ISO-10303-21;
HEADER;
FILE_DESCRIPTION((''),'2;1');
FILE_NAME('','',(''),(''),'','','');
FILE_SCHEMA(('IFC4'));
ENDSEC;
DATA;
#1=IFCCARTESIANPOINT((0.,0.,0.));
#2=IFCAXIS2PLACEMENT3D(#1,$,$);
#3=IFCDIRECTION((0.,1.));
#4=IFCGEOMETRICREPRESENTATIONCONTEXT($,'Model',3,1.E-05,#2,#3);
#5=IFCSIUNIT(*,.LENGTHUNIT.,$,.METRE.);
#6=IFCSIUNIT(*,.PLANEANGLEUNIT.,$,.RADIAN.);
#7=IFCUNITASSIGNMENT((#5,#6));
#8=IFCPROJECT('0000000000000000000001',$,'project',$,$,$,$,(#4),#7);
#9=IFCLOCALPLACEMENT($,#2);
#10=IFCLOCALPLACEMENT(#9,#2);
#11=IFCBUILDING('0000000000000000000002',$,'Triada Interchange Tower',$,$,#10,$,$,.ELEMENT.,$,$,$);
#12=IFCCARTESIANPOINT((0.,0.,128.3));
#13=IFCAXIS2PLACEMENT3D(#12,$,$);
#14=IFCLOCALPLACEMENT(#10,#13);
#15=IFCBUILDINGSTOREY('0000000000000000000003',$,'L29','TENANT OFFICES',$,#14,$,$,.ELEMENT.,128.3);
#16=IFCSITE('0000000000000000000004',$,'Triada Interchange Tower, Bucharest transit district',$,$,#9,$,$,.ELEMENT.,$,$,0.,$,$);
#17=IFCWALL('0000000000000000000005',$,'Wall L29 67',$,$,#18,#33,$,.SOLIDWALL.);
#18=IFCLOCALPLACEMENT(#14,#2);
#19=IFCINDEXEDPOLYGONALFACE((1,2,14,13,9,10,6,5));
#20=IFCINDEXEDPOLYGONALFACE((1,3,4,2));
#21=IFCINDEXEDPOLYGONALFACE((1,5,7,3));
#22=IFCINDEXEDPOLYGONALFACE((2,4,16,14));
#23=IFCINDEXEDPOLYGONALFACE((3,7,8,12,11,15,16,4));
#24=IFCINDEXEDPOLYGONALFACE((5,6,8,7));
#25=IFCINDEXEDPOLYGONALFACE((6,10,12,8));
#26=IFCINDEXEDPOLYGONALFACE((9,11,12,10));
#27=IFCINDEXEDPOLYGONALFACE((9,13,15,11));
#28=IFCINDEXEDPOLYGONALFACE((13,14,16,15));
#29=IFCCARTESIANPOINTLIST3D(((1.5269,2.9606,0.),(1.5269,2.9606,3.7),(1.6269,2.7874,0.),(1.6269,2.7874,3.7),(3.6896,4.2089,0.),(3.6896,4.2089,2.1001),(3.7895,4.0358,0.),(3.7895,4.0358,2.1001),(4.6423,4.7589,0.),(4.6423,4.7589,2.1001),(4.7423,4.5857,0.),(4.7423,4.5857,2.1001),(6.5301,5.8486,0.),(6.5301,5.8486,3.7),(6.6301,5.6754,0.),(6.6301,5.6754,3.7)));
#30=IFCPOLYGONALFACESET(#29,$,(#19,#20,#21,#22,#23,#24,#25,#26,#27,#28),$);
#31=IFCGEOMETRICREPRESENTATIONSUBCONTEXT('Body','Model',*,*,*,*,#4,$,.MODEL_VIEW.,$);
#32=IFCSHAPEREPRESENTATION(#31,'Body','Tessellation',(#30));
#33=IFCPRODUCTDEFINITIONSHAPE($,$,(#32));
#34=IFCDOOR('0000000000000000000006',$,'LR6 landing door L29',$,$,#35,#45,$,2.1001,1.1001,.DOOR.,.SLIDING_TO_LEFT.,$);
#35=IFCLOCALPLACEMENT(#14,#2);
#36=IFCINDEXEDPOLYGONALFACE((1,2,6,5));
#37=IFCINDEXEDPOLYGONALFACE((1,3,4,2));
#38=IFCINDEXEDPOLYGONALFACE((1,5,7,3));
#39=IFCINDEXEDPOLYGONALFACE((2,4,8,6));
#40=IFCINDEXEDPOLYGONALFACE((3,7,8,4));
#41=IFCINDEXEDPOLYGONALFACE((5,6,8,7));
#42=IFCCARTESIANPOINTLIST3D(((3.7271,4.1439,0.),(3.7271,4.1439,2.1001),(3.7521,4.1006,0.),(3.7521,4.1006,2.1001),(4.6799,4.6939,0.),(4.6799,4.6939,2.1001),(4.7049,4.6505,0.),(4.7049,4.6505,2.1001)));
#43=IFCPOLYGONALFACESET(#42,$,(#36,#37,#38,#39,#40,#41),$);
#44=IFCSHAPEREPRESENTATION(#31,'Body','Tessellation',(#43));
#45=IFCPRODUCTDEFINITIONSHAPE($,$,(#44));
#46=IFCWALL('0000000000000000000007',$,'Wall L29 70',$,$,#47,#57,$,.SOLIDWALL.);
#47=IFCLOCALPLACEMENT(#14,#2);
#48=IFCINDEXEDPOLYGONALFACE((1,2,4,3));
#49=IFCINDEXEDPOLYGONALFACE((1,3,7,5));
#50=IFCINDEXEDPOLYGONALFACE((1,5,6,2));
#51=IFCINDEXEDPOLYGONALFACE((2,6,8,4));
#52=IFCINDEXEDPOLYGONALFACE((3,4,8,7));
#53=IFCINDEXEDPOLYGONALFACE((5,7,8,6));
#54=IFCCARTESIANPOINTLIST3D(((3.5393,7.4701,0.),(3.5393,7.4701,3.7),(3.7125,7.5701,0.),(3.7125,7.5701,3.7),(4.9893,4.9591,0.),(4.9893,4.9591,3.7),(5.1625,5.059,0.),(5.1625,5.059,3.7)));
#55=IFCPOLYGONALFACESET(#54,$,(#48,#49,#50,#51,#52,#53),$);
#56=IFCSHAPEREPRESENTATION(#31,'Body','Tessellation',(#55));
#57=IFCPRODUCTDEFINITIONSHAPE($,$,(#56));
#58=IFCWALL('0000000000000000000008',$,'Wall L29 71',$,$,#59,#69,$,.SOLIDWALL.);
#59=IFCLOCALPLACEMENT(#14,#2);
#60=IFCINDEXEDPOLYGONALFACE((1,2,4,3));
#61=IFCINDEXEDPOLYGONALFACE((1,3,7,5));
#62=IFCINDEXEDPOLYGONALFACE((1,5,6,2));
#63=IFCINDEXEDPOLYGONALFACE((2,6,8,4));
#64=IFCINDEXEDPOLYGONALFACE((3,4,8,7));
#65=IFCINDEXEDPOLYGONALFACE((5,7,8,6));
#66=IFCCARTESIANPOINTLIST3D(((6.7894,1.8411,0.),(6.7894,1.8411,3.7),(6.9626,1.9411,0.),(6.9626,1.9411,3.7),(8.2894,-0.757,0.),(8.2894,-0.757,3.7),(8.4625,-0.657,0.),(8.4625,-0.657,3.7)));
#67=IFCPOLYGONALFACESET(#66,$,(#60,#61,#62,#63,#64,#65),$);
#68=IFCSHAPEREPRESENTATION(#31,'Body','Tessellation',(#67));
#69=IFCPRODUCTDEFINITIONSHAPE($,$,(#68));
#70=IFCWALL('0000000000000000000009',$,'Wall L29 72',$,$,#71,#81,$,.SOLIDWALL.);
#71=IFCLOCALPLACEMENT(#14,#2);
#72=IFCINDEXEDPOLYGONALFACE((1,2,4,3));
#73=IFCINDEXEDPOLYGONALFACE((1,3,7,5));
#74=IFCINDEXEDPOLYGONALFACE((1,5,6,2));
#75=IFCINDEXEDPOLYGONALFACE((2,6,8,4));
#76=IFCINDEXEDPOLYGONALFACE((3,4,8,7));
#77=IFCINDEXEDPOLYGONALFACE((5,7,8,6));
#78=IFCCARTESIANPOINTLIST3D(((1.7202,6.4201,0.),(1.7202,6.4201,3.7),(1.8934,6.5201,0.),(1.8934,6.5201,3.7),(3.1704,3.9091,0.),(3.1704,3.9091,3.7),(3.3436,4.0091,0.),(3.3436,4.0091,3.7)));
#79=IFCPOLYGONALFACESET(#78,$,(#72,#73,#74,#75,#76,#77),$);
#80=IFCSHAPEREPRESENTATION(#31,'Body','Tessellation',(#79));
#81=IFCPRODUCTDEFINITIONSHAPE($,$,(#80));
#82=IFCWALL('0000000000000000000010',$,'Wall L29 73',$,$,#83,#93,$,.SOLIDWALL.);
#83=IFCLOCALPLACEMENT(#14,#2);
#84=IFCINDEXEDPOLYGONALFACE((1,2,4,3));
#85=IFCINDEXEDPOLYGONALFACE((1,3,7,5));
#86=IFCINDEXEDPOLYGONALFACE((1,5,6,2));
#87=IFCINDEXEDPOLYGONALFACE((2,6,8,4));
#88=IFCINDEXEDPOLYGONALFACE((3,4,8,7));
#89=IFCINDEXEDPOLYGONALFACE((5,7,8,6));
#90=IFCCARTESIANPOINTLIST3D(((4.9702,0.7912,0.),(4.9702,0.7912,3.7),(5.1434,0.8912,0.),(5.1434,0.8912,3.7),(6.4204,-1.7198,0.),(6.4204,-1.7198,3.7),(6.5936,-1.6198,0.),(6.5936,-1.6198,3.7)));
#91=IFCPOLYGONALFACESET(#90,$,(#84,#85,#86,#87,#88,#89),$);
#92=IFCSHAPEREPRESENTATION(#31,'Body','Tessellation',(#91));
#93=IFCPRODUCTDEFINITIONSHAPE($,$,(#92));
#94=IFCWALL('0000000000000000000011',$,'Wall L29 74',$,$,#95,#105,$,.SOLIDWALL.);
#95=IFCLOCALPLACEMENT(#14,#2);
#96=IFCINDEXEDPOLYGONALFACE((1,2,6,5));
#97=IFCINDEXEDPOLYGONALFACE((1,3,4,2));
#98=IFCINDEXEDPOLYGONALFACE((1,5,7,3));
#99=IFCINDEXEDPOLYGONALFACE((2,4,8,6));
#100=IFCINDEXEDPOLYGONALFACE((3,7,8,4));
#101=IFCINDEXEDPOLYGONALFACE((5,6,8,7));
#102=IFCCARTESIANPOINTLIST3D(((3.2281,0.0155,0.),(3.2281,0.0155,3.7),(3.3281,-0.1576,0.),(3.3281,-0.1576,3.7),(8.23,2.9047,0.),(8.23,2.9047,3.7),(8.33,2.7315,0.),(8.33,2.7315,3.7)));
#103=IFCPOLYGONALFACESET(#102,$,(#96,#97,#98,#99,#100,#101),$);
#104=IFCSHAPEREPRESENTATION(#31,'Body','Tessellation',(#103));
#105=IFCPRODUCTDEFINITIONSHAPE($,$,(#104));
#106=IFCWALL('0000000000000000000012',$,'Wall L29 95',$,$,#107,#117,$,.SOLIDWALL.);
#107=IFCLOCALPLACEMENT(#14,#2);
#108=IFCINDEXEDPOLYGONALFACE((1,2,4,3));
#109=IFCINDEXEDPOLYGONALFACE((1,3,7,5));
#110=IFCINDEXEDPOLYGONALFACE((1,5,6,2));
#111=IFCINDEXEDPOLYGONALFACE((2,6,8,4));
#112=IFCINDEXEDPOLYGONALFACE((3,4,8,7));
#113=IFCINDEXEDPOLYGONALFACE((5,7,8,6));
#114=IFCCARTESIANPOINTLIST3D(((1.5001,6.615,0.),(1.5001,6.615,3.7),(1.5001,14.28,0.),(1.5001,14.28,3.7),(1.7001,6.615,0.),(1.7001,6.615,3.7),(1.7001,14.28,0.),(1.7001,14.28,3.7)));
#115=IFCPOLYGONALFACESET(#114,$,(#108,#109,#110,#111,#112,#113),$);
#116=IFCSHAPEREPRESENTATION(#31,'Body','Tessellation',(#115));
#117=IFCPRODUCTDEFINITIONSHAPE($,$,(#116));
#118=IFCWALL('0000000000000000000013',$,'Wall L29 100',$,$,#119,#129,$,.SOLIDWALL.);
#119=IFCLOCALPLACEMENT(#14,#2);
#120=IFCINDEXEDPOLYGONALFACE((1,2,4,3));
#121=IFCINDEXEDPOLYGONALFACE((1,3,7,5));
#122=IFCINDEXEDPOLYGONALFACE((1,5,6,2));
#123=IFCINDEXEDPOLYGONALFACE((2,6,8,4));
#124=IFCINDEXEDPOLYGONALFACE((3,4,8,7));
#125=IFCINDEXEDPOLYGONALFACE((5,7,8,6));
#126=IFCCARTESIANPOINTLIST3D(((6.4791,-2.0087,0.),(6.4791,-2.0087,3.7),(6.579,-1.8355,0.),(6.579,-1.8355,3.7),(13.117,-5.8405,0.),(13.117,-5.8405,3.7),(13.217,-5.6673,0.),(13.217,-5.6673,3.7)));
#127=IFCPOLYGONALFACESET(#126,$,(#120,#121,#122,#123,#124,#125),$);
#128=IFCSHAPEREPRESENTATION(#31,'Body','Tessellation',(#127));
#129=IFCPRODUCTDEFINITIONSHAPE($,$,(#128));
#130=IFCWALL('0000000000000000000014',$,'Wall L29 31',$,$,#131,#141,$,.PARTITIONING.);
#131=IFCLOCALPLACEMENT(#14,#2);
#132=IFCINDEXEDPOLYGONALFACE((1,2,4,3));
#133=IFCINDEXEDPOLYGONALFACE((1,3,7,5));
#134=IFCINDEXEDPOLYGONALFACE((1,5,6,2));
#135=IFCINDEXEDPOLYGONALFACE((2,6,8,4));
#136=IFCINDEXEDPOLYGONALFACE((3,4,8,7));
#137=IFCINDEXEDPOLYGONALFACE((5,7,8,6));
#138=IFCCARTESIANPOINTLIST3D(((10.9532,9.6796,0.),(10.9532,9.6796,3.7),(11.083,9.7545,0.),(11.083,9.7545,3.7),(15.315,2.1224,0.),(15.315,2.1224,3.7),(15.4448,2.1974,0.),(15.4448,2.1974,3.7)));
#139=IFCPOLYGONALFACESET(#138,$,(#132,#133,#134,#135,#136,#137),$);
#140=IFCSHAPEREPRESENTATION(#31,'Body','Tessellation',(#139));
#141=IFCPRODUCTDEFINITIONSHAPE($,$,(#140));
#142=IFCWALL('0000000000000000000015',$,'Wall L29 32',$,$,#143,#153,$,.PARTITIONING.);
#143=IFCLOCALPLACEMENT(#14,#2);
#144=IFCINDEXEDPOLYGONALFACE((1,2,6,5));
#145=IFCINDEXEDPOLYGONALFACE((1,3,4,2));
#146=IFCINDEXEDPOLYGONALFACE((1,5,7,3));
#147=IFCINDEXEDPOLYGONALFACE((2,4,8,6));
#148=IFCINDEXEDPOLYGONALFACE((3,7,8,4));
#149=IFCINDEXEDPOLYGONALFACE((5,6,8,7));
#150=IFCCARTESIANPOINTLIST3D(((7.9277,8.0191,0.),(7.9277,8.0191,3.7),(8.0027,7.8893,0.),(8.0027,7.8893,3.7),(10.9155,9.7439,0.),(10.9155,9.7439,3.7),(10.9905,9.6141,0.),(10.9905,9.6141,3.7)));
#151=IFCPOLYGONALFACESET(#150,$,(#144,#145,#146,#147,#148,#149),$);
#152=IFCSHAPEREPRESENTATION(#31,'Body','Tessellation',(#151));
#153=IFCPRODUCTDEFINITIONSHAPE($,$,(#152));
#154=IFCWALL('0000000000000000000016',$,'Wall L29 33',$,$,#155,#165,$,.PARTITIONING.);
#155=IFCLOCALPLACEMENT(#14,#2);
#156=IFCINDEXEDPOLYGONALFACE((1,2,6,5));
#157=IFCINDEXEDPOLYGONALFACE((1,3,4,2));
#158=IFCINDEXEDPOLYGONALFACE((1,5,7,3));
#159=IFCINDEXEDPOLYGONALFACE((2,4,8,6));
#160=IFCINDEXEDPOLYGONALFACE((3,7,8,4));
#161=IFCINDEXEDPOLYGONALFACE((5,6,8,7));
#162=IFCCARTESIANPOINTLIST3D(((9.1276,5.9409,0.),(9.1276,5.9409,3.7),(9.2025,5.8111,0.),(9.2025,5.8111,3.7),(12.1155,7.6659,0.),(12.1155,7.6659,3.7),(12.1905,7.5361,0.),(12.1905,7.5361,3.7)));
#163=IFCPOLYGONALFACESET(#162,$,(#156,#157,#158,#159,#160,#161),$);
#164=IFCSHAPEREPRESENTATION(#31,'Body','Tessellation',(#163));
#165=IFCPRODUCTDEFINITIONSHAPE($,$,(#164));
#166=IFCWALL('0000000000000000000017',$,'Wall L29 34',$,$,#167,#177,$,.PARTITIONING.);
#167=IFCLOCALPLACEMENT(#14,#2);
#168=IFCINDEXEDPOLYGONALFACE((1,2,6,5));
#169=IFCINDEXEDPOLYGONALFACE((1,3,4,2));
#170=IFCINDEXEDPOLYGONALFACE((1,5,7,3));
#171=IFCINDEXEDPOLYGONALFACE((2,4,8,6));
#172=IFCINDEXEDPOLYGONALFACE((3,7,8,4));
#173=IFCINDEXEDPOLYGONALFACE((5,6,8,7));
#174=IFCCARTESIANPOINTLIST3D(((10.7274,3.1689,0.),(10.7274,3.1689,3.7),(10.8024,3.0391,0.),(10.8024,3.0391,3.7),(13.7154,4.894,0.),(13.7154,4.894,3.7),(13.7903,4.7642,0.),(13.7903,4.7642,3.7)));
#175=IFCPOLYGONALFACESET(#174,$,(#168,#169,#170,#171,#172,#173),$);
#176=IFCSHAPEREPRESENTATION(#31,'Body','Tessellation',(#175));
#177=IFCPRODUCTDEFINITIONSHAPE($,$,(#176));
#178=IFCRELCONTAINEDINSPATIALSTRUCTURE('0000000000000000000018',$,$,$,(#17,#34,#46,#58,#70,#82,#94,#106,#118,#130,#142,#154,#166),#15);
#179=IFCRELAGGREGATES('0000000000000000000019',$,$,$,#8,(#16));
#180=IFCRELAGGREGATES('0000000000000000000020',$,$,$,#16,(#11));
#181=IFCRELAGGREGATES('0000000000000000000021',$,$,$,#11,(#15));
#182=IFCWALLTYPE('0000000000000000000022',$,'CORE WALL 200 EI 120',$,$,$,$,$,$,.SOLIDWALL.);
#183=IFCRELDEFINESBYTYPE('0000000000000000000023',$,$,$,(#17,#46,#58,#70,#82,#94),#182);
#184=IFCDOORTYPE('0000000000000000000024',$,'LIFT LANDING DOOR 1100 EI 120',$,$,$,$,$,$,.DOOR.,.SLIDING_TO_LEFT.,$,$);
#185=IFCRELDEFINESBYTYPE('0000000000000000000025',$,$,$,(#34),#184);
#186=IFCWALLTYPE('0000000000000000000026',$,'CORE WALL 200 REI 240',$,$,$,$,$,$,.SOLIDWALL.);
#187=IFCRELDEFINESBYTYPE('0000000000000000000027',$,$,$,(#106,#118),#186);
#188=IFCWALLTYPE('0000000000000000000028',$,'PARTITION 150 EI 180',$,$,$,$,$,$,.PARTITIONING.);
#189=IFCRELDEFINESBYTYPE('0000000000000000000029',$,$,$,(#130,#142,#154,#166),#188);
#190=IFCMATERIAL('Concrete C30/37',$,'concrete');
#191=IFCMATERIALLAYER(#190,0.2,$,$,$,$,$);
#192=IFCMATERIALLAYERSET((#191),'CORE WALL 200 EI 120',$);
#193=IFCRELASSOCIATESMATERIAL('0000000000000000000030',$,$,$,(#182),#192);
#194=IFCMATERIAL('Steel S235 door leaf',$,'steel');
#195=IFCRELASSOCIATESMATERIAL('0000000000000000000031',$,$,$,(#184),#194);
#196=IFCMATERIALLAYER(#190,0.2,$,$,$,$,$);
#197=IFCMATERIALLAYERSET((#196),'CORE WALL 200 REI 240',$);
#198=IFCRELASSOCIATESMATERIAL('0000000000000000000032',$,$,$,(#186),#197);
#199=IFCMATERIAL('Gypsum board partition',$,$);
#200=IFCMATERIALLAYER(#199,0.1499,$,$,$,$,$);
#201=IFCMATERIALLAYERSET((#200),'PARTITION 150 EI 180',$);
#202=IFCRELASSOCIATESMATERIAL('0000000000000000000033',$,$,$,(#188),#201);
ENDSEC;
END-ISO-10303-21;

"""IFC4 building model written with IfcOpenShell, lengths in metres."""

from ifc_helpers import new_model, si_unit, direction, frame, frame_2d, origin, place, context, subcontext, project, spatial, rectangle, extrude, material, layer, layer_set, type_object, element, fill, save


model = new_model("IFC4")

# Units and contexts
model_context = context("Model", 3, precision=1e-05, world=origin(), true_north=direction((0.0, 1.0)))
body_context = subcontext(model_context, "Body", "Model", "MODEL_VIEW")
ifc_project = project(units=[si_unit("LENGTHUNIT", "METRE"), si_unit("PLANEANGLEUNIT", "RADIAN")], contexts=[model_context])

# Site, building, storey
site_placement = place(None, origin())
site = spatial("IfcSite", under=ifc_project, at=site_placement, Name="Triada Interchange Tower, Bucharest transit district", CompositionType="ELEMENT", RefElevation=0.0)
building_placement = place(site_placement, origin())
building = spatial("IfcBuilding", under=site, at=building_placement, Name="Triada Interchange Tower", CompositionType="ELEMENT")
storey_placement = place(building_placement, frame((0.0, 0.0, 128.3)))
storey = spatial("IfcBuildingStorey", under=building, at=storey_placement, Name="L29", Description="TENANT OFFICES", CompositionType="ELEMENT", Elevation=128.3)

# Shared definitions
ifc_material_1 = material(Name="Concrete C30/37", Category="concrete")
ifc_layer_1 = layer(ifc_material_1, 0.2)
ifc_layer_set_1 = layer_set([ifc_layer_1], Name="CORE WALL 200 EI 120")
wall_type_1 = type_object("IfcWallType", Name="CORE WALL 200 EI 120", PredefinedType="SOLIDWALL", material=ifc_layer_set_1)
ifc_material_2 = material(Name="Steel S235 door leaf", Category="steel")
door_type = type_object("IfcDoorType", Name="LIFT LANDING DOOR 1100 EI 120", OperationType="SLIDING_TO_LEFT", PredefinedType="DOOR", material=ifc_material_2)

# Wall, opening, door
wall_1_placement = place(storey_placement, frame((1.5769, 2.874, 0.0), z_axis=(0.0, 0.0, 1.0), x_axis=(0.866074, 0.499916, 0.0)))
wall_1 = element("IfcWall", 1, at=wall_1_placement, inside=storey, type_object=wall_type_1, Name="Wall L29 67", PredefinedType="SOLIDWALL", context=body_context, shape_type="SweptSolid", body=[
    extrude(rectangle(XDim=5.7769, YDim=0.2, at=frame_2d((2.8884, 0.0))), origin(), (0.0, 0.0, 1.0), 3.7),
])
opening_1_placement = place(wall_1_placement, frame((2.4971, 0.0, 0.0)))
opening_1 = element("IfcOpeningElement", 2, at=opening_1_placement, cuts=wall_1, PredefinedType="OPENING", context=body_context, shape_type="SweptSolid", body=[
    extrude(rectangle(XDim=1.1001, YDim=2.1001, at=frame_2d((0.55, 1.05))), frame((0.0, 0.1099, 0.0), z_axis=(0.0, -1.0, 0.0), x_axis=(1.0, 0.0, 0.0)), (0.0, 0.0, 1.0), 0.22),
])
door_1_placement = place(opening_1_placement, origin())
door_1 = element("IfcDoor", 3, at=door_1_placement, inside=storey, type_object=door_type, Name="LR6 landing door L29", OperationType="SLIDING_TO_LEFT", OverallHeight=2.1001, OverallWidth=1.1001, PredefinedType="DOOR", context=body_context, shape_type="SweptSolid", body=[
    extrude(rectangle(XDim=1.1001, YDim=2.1001, at=frame_2d((0.55, 1.05))), frame((0.0, 0.0249, 0.0), z_axis=(0.0, -1.0, 0.0), x_axis=(1.0, 0.0, 0.0)), (0.0, 0.0, 1.0), 0.05),
])
fill(opening_1, door_1)

# Walls
wall_2_placement = place(storey_placement, frame((3.626, 7.52, 0.0), z_axis=(0.0, 0.0, 1.0), x_axis=(0.50006, -0.865991, 0.0)))
element("IfcWall", 4, at=wall_2_placement, inside=storey, type_object=wall_type_1, Name="Wall L29 70", PredefinedType="SOLIDWALL", context=body_context, shape_type="SweptSolid", body=[
    extrude(rectangle(XDim=2.8997, YDim=0.2, at=frame_2d((1.4497, 0.0))), origin(), (0.0, 0.0, 1.0), 3.7),
])
wall_3_placement = place(storey_placement, frame((6.876, 1.8911, 0.0), z_axis=(0.0, 0.0, 1.0), x_axis=(0.49999, -0.866031, 0.0)))
element("IfcWall", 5, at=wall_3_placement, inside=storey, type_object=wall_type_1, Name="Wall L29 71", PredefinedType="SOLIDWALL", context=body_context, shape_type="SweptSolid", body=[
    extrude(rectangle(XDim=3.0, YDim=0.2, at=frame_2d((1.5, 0.0))), origin(), (0.0, 0.0, 1.0), 3.7),
])
for number, where, z_axis, x_axis, name in (
    (6, (1.8069, 6.47, 0.0), (0.0, 0.0, 1.0), (0.500123, -0.865954, 0.0), "Wall L29 72"),
    (7, (5.0569, 0.8411, 0.0), (0.0, 0.0, 1.0), (0.500123, -0.865954, 0.0), "Wall L29 73"),
):
    element("IfcWall", number, at=place(storey_placement, frame(where, z_axis=z_axis, x_axis=x_axis)), inside=storey, type_object=wall_type_1, Name=name, PredefinedType="SOLIDWALL", context=body_context, shape_type="SweptSolid", body=[
        extrude(rectangle(XDim=2.8997, YDim=0.2, at=frame_2d((1.4497, 0.0))), origin(), (0.0, 0.0, 1.0), 3.7),
    ])
wall_4_placement = place(storey_placement, frame((3.2781, -0.071, 0.0), z_axis=(0.0, 0.0, 1.0), x_axis=(0.865929, 0.500166, 0.0)))
element("IfcWall", 8, at=wall_4_placement, inside=storey, type_object=wall_type_1, Name="Wall L29 74", PredefinedType="SOLIDWALL", context=body_context, shape_type="SweptSolid", body=[
    extrude(rectangle(XDim=5.7764, YDim=0.2, at=frame_2d((2.8882, 0.0))), origin(), (0.0, 0.0, 1.0), 3.7),
])
ifc_layer_2 = layer(ifc_material_1, 0.2)
ifc_layer_set_2 = layer_set([ifc_layer_2], Name="CORE WALL 200 REI 240")
wall_type_2 = type_object("IfcWallType", Name="CORE WALL 200 REI 240", PredefinedType="SOLIDWALL", material=ifc_layer_set_2)
wall_5_placement = place(storey_placement, frame((1.6001, 6.615, 0.0), z_axis=(0.0, 0.0, 1.0), x_axis=(0.0, 1.0, 0.0)))
element("IfcWall", 9, at=wall_5_placement, inside=storey, type_object=wall_type_2, Name="Wall L29 95", PredefinedType="SOLIDWALL", context=body_context, shape_type="SweptSolid", body=[
    extrude(rectangle(XDim=7.665, YDim=0.2, at=frame_2d((3.8325, 0.0))), origin(), (0.0, 0.0, 1.0), 3.7),
])
wall_6_placement = place(storey_placement, frame((6.5291, -1.9221, 0.0), z_axis=(0.0, 0.0, 1.0), x_axis=(0.866061, -0.499938, 0.0)))
element("IfcWall", 10, at=wall_6_placement, inside=storey, type_object=wall_type_2, Name="Wall L29 100", PredefinedType="SOLIDWALL", context=body_context, shape_type="SweptSolid", body=[
    extrude(rectangle(XDim=7.6646, YDim=0.2, at=frame_2d((3.8323, 0.0))), origin(), (0.0, 0.0, 1.0), 3.7),
])
ifc_material_3 = material(Name="Gypsum board partition")
ifc_layer_3 = layer(ifc_material_3, 0.1499)
ifc_layer_set_3 = layer_set([ifc_layer_3], Name="PARTITION 150 EI 180")
wall_type_3 = type_object("IfcWallType", Name="PARTITION 150 EI 180", PredefinedType="PARTITIONING", material=ifc_layer_set_3)
wall_7_placement = place(storey_placement, frame((11.0181, 9.717, 0.0), z_axis=(0.0, 0.0, 1.0), x_axis=(0.499889, -0.86609, 0.0)))
element("IfcWall", 11, at=wall_7_placement, inside=storey, type_object=wall_type_3, Name="Wall L29 31", PredefinedType="PARTITIONING", context=body_context, shape_type="SweptSolid", body=[
    extrude(rectangle(XDim=8.7256, YDim=0.1499, at=frame_2d((4.3628, 0.0))), origin(), (0.0, 0.0, 1.0), 3.7),
])
wall_8_placement = place(storey_placement, frame((7.9651, 7.9541, 0.0), z_axis=(0.0, 0.0, 1.0), x_axis=(0.866044, 0.499967, 0.0)))
element("IfcWall", 12, at=wall_8_placement, inside=storey, type_object=wall_type_3, Name="Wall L29 32", PredefinedType="PARTITIONING", context=body_context, shape_type="SweptSolid", body=[
    extrude(rectangle(XDim=3.45, YDim=0.1499, at=frame_2d((1.7251, 0.0))), origin(), (0.0, 0.0, 1.0), 3.7),
])
for number, where, z_axis, x_axis, name in (
    (13, (9.165, 5.876, 0.0), (0.0, 0.0, 1.0), (0.866031, 0.49999, 0.0), "Wall L29 33"),
    (14, (10.7649, 3.104, 0.0), (0.0, 0.0, 1.0), (0.866031, 0.49999, 0.0), "Wall L29 34"),
):
    element("IfcWall", number, at=place(storey_placement, frame(where, z_axis=z_axis, x_axis=x_axis)), inside=storey, type_object=wall_type_3, Name=name, PredefinedType="PARTITIONING", context=body_context, shape_type="SweptSolid", body=[
        extrude(rectangle(XDim=3.4502, YDim=0.1499, at=frame_2d((1.7251, 0.0))), origin(), (0.0, 0.0, 1.0), 3.7),
    ])

save(model, "model.ifc")
